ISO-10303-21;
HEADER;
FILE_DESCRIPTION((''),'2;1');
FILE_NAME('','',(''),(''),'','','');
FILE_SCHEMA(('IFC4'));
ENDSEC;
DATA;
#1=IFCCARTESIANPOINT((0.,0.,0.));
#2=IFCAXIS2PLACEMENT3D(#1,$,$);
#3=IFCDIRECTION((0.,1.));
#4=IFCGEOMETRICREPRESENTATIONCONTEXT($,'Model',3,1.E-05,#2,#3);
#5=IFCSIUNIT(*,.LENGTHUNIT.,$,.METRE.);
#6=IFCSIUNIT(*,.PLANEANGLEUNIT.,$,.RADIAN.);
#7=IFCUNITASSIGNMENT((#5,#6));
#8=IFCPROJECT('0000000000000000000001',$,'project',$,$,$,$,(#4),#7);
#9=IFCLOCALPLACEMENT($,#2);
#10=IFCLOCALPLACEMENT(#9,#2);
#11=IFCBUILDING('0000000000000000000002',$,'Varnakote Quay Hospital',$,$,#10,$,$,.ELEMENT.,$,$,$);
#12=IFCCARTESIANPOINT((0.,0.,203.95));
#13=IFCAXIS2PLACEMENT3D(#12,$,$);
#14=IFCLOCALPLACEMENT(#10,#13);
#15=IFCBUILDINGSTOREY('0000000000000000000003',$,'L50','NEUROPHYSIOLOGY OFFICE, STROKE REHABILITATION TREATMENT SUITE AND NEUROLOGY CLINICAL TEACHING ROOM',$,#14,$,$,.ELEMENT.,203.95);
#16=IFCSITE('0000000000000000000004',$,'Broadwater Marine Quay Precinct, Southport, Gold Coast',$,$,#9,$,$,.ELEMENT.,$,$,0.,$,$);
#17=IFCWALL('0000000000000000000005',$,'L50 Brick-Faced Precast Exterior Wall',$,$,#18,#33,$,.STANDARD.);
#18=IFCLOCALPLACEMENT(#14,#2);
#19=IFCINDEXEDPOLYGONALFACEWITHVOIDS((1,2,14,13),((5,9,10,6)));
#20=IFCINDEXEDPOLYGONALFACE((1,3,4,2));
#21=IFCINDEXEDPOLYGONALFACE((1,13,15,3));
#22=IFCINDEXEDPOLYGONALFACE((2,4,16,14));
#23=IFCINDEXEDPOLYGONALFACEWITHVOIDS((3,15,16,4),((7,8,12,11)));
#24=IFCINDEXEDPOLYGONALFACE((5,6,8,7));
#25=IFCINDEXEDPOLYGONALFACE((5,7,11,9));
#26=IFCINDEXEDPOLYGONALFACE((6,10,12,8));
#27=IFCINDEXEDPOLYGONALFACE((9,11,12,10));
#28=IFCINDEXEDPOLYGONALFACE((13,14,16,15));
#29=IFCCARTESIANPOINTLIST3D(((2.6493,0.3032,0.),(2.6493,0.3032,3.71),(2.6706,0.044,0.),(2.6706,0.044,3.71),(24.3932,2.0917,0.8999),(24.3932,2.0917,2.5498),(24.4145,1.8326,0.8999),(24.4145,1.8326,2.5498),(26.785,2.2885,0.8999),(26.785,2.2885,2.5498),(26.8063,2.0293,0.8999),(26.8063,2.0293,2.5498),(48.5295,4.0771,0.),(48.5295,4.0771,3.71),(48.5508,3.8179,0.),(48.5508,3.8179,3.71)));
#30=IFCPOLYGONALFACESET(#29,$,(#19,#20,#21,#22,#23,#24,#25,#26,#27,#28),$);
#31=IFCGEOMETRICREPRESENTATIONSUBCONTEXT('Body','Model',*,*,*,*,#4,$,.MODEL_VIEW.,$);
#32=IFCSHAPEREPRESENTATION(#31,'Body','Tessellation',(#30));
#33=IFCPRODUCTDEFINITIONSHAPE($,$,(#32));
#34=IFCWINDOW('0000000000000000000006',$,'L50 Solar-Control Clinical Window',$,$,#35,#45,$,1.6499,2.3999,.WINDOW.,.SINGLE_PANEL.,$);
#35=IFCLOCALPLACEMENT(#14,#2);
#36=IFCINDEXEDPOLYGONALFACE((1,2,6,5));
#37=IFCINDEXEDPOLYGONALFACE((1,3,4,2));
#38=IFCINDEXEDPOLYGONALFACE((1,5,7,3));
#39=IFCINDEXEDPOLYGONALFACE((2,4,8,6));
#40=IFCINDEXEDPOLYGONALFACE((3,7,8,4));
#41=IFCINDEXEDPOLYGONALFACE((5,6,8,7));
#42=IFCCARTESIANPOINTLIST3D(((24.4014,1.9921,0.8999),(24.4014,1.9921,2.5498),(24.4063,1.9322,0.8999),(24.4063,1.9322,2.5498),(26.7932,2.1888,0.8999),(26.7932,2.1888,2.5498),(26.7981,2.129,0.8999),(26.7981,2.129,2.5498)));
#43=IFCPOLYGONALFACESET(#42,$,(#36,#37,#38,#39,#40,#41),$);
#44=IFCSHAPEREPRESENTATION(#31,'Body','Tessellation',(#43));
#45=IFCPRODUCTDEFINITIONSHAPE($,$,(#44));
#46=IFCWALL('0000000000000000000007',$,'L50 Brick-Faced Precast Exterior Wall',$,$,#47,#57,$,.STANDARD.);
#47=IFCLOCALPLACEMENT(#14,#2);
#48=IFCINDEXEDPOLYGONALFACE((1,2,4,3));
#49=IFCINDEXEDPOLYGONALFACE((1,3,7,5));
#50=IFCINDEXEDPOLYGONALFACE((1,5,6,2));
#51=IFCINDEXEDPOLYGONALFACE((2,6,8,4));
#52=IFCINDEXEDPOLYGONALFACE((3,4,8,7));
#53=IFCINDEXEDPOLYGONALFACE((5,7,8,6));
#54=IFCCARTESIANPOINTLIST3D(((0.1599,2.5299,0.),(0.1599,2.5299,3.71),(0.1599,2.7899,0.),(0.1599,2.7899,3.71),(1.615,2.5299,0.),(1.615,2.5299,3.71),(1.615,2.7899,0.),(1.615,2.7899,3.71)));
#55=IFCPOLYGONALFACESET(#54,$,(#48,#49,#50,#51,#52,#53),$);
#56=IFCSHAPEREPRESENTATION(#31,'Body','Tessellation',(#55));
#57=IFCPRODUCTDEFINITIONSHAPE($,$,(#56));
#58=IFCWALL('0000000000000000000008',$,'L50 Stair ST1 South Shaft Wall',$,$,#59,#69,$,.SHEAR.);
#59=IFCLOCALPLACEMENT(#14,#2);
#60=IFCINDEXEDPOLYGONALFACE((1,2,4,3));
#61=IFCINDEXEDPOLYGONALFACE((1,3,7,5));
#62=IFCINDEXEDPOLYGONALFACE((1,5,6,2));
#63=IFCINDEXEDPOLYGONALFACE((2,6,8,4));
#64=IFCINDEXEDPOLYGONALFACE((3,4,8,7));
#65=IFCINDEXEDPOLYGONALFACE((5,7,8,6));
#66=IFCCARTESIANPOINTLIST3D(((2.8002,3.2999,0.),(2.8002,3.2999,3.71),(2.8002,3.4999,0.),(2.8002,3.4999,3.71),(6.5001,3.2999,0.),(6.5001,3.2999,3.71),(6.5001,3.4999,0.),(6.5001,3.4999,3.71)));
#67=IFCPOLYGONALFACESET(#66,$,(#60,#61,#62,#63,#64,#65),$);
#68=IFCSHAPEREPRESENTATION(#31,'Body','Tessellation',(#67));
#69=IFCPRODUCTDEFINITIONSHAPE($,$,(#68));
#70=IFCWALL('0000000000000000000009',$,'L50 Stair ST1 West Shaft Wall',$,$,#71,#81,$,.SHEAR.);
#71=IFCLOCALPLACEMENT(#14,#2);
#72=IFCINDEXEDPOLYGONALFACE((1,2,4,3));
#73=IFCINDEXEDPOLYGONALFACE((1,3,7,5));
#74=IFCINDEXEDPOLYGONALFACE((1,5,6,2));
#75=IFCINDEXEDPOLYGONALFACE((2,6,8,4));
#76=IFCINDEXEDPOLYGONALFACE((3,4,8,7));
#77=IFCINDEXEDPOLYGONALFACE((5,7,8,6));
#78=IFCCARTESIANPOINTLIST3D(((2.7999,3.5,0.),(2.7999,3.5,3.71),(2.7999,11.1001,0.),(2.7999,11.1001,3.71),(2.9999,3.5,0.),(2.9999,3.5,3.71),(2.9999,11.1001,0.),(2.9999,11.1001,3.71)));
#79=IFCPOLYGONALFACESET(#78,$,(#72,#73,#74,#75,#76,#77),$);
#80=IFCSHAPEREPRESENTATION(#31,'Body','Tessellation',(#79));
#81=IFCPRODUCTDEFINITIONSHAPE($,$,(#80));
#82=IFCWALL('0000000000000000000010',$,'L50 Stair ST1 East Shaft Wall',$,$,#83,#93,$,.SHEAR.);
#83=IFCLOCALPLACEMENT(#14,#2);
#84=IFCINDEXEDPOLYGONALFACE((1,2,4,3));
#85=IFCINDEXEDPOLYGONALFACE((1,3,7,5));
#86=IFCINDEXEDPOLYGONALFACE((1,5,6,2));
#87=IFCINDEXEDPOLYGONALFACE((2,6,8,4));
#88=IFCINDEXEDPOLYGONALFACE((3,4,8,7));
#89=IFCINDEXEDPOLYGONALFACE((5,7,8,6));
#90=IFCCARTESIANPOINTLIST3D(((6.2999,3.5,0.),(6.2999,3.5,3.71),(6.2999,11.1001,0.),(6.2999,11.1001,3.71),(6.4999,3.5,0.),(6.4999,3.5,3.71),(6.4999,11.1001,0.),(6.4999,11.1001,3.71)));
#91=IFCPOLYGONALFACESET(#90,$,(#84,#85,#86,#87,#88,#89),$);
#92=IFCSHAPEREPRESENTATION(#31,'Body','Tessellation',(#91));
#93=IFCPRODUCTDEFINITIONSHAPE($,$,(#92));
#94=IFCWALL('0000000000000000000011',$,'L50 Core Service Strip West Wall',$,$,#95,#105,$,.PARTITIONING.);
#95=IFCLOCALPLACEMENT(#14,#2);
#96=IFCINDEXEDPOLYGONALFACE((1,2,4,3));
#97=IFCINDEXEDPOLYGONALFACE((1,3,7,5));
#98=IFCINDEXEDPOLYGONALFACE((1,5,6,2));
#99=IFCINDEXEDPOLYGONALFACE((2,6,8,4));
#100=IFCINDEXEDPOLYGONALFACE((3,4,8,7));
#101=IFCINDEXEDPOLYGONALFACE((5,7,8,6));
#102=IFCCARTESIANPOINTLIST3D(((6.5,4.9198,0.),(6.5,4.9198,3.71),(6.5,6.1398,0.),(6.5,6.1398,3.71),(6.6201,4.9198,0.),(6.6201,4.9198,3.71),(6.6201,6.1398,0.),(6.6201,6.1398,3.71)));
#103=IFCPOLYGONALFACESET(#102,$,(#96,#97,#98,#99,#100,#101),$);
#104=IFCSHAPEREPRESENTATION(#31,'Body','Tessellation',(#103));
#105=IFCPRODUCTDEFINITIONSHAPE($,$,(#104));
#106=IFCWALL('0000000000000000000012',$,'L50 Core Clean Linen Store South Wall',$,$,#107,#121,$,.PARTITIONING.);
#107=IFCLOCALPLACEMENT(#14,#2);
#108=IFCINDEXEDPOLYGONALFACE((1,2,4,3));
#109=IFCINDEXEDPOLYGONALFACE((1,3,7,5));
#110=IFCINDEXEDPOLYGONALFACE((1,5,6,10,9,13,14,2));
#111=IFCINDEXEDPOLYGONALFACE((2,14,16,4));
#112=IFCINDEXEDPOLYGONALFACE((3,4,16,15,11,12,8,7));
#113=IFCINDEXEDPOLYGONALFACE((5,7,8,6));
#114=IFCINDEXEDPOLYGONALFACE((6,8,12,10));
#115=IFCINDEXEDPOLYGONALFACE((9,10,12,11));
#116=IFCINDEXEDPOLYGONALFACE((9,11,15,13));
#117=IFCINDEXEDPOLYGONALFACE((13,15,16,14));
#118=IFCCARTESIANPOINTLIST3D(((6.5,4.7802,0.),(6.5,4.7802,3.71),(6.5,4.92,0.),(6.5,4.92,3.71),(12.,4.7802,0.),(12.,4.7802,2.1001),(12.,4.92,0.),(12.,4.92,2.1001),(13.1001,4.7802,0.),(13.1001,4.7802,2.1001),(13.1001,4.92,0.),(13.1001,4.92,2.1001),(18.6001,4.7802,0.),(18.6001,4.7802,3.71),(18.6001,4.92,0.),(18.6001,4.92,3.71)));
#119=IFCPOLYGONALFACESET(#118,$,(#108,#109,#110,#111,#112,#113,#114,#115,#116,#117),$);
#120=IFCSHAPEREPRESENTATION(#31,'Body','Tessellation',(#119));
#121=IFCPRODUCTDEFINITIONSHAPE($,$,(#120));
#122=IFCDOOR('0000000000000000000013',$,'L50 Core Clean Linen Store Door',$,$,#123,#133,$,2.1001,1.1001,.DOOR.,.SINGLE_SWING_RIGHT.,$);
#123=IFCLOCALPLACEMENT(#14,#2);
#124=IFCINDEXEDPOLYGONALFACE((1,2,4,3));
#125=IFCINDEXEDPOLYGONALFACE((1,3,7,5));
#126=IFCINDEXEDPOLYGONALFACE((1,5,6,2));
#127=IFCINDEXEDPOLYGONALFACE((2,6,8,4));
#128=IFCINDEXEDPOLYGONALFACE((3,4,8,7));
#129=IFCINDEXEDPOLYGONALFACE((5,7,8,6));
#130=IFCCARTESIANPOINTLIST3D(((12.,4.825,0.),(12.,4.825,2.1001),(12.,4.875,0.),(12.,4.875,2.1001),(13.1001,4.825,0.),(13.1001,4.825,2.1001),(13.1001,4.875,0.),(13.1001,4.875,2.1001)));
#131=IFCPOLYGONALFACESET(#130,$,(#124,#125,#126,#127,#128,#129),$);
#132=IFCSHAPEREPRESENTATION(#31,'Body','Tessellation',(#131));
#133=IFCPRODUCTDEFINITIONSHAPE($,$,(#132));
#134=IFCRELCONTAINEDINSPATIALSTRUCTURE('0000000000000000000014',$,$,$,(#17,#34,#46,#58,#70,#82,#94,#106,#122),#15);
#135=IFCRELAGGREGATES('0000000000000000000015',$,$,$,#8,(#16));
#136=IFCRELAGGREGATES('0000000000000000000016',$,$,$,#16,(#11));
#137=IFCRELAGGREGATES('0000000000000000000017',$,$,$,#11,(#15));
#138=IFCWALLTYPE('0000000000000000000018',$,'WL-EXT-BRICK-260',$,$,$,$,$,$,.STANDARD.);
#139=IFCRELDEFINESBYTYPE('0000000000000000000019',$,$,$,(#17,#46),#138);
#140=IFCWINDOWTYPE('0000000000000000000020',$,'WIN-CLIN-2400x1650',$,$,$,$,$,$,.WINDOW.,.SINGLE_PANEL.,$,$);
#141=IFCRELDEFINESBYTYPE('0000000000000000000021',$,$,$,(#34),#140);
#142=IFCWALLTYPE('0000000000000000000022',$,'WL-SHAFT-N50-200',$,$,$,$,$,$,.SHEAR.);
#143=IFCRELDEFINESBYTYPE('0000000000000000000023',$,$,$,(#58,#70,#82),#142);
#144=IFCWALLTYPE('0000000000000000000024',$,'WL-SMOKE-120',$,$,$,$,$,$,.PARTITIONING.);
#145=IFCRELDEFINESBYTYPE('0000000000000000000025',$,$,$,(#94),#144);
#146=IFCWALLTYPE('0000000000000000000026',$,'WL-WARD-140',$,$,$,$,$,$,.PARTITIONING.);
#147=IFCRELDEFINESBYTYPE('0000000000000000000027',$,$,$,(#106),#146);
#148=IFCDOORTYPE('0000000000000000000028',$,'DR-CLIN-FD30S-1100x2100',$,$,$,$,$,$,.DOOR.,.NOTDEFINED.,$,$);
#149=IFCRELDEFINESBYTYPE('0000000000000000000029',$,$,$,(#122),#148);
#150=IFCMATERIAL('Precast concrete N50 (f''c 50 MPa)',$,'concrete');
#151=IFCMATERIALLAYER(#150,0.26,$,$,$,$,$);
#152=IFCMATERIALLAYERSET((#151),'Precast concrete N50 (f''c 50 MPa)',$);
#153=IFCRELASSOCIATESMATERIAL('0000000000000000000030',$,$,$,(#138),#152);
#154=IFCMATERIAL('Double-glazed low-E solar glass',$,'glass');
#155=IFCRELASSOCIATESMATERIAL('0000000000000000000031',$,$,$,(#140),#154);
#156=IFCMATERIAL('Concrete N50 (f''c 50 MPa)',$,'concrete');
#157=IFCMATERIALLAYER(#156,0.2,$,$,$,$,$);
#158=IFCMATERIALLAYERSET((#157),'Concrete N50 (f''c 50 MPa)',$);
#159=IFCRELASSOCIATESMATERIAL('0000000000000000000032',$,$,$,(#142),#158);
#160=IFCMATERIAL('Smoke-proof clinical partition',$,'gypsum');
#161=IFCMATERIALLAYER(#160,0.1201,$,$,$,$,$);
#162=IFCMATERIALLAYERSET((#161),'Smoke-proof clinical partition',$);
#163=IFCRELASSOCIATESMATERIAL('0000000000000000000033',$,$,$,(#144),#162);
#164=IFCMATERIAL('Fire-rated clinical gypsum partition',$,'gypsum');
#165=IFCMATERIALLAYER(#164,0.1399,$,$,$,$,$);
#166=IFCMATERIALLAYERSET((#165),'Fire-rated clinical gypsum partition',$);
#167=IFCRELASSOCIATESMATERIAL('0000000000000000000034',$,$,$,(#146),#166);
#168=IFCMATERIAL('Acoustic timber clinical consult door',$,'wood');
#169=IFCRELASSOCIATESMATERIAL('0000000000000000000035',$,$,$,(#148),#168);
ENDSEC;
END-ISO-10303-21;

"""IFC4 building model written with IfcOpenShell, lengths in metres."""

from ifc_helpers import new_model, si_unit, direction, frame, frame_2d, origin, place, context, subcontext, project, spatial, rectangle, extrude, material, layer, layer_set, type_object, element, fill, save


model = new_model("IFC4")

# Units and contexts
model_context = context("Model", 3, precision=1e-05, world=origin(), true_north=direction((0.0, 1.0)))
body_context = subcontext(model_context, "Body", "Model", "MODEL_VIEW")
ifc_project = project(units=[si_unit("LENGTHUNIT", "METRE"), si_unit("PLANEANGLEUNIT", "RADIAN")], contexts=[model_context])

# Site, building, storey
site_placement = place(None, origin())
site = spatial("IfcSite", under=ifc_project, at=site_placement, Name="Broadwater Marine Quay Precinct, Southport, Gold Coast", CompositionType="ELEMENT", RefElevation=0.0)
building_placement = place(site_placement, origin())
building = spatial("IfcBuilding", under=site, at=building_placement, Name="Varnakote Quay Hospital", CompositionType="ELEMENT")
storey_placement = place(building_placement, frame((0.0, 0.0, 203.95)))
storey = spatial("IfcBuildingStorey", under=building, at=storey_placement, Name="L50", Description="NEUROPHYSIOLOGY OFFICE, STROKE REHABILITATION TREATMENT SUITE AND NEUROLOGY CLINICAL TEACHING ROOM", CompositionType="ELEMENT", Elevation=203.95)

# Shared definitions
ifc_material_1 = material(Name="Precast concrete N50 (f'c 50 MPa)", Category="concrete")
ifc_layer_1 = layer(ifc_material_1, 0.26)
ifc_layer_set_1 = layer_set([ifc_layer_1], Name="Precast concrete N50 (f'c 50 MPa)")
wall_type_1 = type_object("IfcWallType", Name="WL-EXT-BRICK-260", PredefinedType="STANDARD", material=ifc_layer_set_1)

# Wall, opening, window
wall_1_placement = place(storey_placement, frame((2.6599, 0.1736, 0.0), z_axis=(0.0, 0.0, 1.0), x_axis=(0.996634, 0.081979, 0.0)))
wall_1 = element("IfcWall", 1, at=wall_1_placement, inside=storey, type_object=wall_type_1, Name="L50 Brick-Faced Precast Exterior Wall", PredefinedType="STANDARD", context=body_context, shape_type="SweptSolid", body=[
    extrude(rectangle(XDim=46.0352, YDim=0.26, at=frame_2d((23.0176, 0.0))), origin(), (0.0, 0.0, 1.0), 3.71),
])
opening_1_placement = place(wall_1_placement, frame((21.8174, 0.0, 0.8999)))
opening_1 = element("IfcOpeningElement", 2, at=opening_1_placement, cuts=wall_1, PredefinedType="OPENING", context=body_context, shape_type="SweptSolid", body=[
    extrude(rectangle(XDim=2.3999, YDim=1.6499, at=frame_2d((1.2, 0.825))), frame((0.0, 0.1399, 0.0), z_axis=(0.0, -1.0, 0.0), x_axis=(1.0, 0.0, 0.0)), (0.0, 0.0, 1.0), 0.28),
])
ifc_material_2 = material(Name="Double-glazed low-E solar glass", Category="glass")
window_type = type_object("IfcWindowType", Name="WIN-CLIN-2400x1650", PartitioningType="SINGLE_PANEL", PredefinedType="WINDOW", material=ifc_material_2)
window_placement = place(opening_1_placement, origin())
window = element("IfcWindow", 3, at=window_placement, inside=storey, type_object=window_type, Name="L50 Solar-Control Clinical Window", OverallHeight=1.6499, OverallWidth=2.3999, PartitioningType="SINGLE_PANEL", PredefinedType="WINDOW", context=body_context, shape_type="SweptSolid", body=[
    extrude(rectangle(XDim=2.3999, YDim=1.6499, at=frame_2d((1.2, 0.825))), frame((0.0, 0.03, 0.0), z_axis=(0.0, -1.0, 0.0), x_axis=(1.0, 0.0, 0.0)), (0.0, 0.0, 1.0), 0.0601),
])
fill(opening_1, window)

# Walls
wall_2_placement = place(storey_placement, frame((0.1599, 2.6599, 0.0), z_axis=(0.0, 0.0, 1.0), x_axis=(1.0, 0.0, 0.0)))
element("IfcWall", 4, at=wall_2_placement, inside=storey, type_object=wall_type_1, Name="L50 Brick-Faced Precast Exterior Wall", PredefinedType="STANDARD", context=body_context, shape_type="SweptSolid", body=[
    extrude(rectangle(XDim=1.4551, YDim=0.26, at=frame_2d((0.7275, 0.0))), origin(), (0.0, 0.0, 1.0), 3.71),
])
ifc_material_3 = material(Name="Concrete N50 (f'c 50 MPa)", Category="concrete")
ifc_layer_2 = layer(ifc_material_3, 0.2)
ifc_layer_set_2 = layer_set([ifc_layer_2], Name="Concrete N50 (f'c 50 MPa)")
wall_type_2 = type_object("IfcWallType", Name="WL-SHAFT-N50-200", PredefinedType="SHEAR", material=ifc_layer_set_2)
wall_3_placement = place(storey_placement, frame((2.8, 3.3999, 0.0), z_axis=(0.0, 0.0, 1.0), x_axis=(1.0, 0.0, 0.0)))
element("IfcWall", 5, at=wall_3_placement, inside=storey, type_object=wall_type_2, Name="L50 Stair ST1 South Shaft Wall", PredefinedType="SHEAR", context=body_context, shape_type="SweptSolid", body=[
    extrude(rectangle(XDim=3.7, YDim=0.2, at=frame_2d((1.8501, 0.0))), origin(), (0.0, 0.0, 1.0), 3.71),
])
for number, where, z_axis, x_axis, name in (
    (6, (2.8999, 3.5, 0.0), (0.0, 0.0, 1.0), (0.0, 1.0, 0.0), "L50 Stair ST1 West Shaft Wall"),
    (7, (6.3999, 3.5, 0.0), (0.0, 0.0, 1.0), (0.0, 1.0, 0.0), "L50 Stair ST1 East Shaft Wall"),
):
    element("IfcWall", number, at=place(storey_placement, frame(where, z_axis=z_axis, x_axis=x_axis)), inside=storey, type_object=wall_type_2, Name=name, PredefinedType="SHEAR", context=body_context, shape_type="SweptSolid", body=[
        extrude(rectangle(XDim=7.6001, YDim=0.2, at=frame_2d((3.8, 0.0))), origin(), (0.0, 0.0, 1.0), 3.71),
    ])
ifc_material_4 = material(Name="Smoke-proof clinical partition", Category="gypsum")
ifc_layer_3 = layer(ifc_material_4, 0.1201)
ifc_layer_set_3 = layer_set([ifc_layer_3], Name="Smoke-proof clinical partition")
wall_type_3 = type_object("IfcWallType", Name="WL-SMOKE-120", PredefinedType="PARTITIONING", material=ifc_layer_set_3)
wall_4_placement = place(storey_placement, frame((6.5601, 4.9199, 0.0), z_axis=(0.0, 0.0, 1.0), x_axis=(0.0, 1.0, 0.0)))
element("IfcWall", 8, at=wall_4_placement, inside=storey, type_object=wall_type_3, Name="L50 Core Service Strip West Wall", PredefinedType="PARTITIONING", context=body_context, shape_type="SweptSolid", body=[
    extrude(rectangle(XDim=1.22, YDim=0.1201, at=frame_2d((0.6099, 0.0))), origin(), (0.0, 0.0, 1.0), 3.71),
])

# Wall, opening, door
ifc_material_5 = material(Name="Fire-rated clinical gypsum partition", Category="gypsum")
ifc_layer_4 = layer(ifc_material_5, 0.1399)
ifc_layer_set_4 = layer_set([ifc_layer_4], Name="Fire-rated clinical gypsum partition")
wall_type_4 = type_object("IfcWallType", Name="WL-WARD-140", PredefinedType="PARTITIONING", material=ifc_layer_set_4)
wall_5_placement = place(storey_placement, frame((6.5, 4.8501, 0.0), z_axis=(0.0, 0.0, 1.0), x_axis=(1.0, 0.0, 0.0)))
wall_5 = element("IfcWall", 9, at=wall_5_placement, inside=storey, type_object=wall_type_4, Name="L50 Core Clean Linen Store South Wall", PredefinedType="PARTITIONING", context=body_context, shape_type="SweptSolid", body=[
    extrude(rectangle(XDim=12.1001, YDim=0.1399, at=frame_2d((6.05, 0.0))), origin(), (0.0, 0.0, 1.0), 3.71),
])
opening_2_placement = place(wall_5_placement, frame((5.5, 0.0, 0.0)))
opening_2 = element("IfcOpeningElement", 10, at=opening_2_placement, cuts=wall_5, PredefinedType="OPENING", context=body_context, shape_type="SweptSolid", body=[
    extrude(rectangle(XDim=1.1001, YDim=2.1001, at=frame_2d((0.55, 1.05))), frame((0.0, 0.0798, 0.0), z_axis=(0.0, -1.0, 0.0), x_axis=(1.0, 0.0, 0.0)), (0.0, 0.0, 1.0), 0.1599),
])
ifc_material_6 = material(Name="Acoustic timber clinical consult door", Category="wood")
door_type = type_object("IfcDoorType", Name="DR-CLIN-FD30S-1100x2100", OperationType="NOTDEFINED", PredefinedType="DOOR", material=ifc_material_6)
door_placement = place(opening_2_placement, origin())
door = element("IfcDoor", 11, at=door_placement, inside=storey, type_object=door_type, Name="L50 Core Clean Linen Store Door", OperationType="SINGLE_SWING_RIGHT", OverallHeight=2.1001, OverallWidth=1.1001, PredefinedType="DOOR", context=body_context, shape_type="SweptSolid", body=[
    extrude(rectangle(XDim=1.1001, YDim=2.1001, at=frame_2d((0.55, 1.05))), frame((0.0, 0.0249, 0.0), z_axis=(0.0, -1.0, 0.0), x_axis=(1.0, 0.0, 0.0)), (0.0, 0.0, 1.0), 0.05),
])
fill(opening_2, door)

save(model, "model.ifc")
